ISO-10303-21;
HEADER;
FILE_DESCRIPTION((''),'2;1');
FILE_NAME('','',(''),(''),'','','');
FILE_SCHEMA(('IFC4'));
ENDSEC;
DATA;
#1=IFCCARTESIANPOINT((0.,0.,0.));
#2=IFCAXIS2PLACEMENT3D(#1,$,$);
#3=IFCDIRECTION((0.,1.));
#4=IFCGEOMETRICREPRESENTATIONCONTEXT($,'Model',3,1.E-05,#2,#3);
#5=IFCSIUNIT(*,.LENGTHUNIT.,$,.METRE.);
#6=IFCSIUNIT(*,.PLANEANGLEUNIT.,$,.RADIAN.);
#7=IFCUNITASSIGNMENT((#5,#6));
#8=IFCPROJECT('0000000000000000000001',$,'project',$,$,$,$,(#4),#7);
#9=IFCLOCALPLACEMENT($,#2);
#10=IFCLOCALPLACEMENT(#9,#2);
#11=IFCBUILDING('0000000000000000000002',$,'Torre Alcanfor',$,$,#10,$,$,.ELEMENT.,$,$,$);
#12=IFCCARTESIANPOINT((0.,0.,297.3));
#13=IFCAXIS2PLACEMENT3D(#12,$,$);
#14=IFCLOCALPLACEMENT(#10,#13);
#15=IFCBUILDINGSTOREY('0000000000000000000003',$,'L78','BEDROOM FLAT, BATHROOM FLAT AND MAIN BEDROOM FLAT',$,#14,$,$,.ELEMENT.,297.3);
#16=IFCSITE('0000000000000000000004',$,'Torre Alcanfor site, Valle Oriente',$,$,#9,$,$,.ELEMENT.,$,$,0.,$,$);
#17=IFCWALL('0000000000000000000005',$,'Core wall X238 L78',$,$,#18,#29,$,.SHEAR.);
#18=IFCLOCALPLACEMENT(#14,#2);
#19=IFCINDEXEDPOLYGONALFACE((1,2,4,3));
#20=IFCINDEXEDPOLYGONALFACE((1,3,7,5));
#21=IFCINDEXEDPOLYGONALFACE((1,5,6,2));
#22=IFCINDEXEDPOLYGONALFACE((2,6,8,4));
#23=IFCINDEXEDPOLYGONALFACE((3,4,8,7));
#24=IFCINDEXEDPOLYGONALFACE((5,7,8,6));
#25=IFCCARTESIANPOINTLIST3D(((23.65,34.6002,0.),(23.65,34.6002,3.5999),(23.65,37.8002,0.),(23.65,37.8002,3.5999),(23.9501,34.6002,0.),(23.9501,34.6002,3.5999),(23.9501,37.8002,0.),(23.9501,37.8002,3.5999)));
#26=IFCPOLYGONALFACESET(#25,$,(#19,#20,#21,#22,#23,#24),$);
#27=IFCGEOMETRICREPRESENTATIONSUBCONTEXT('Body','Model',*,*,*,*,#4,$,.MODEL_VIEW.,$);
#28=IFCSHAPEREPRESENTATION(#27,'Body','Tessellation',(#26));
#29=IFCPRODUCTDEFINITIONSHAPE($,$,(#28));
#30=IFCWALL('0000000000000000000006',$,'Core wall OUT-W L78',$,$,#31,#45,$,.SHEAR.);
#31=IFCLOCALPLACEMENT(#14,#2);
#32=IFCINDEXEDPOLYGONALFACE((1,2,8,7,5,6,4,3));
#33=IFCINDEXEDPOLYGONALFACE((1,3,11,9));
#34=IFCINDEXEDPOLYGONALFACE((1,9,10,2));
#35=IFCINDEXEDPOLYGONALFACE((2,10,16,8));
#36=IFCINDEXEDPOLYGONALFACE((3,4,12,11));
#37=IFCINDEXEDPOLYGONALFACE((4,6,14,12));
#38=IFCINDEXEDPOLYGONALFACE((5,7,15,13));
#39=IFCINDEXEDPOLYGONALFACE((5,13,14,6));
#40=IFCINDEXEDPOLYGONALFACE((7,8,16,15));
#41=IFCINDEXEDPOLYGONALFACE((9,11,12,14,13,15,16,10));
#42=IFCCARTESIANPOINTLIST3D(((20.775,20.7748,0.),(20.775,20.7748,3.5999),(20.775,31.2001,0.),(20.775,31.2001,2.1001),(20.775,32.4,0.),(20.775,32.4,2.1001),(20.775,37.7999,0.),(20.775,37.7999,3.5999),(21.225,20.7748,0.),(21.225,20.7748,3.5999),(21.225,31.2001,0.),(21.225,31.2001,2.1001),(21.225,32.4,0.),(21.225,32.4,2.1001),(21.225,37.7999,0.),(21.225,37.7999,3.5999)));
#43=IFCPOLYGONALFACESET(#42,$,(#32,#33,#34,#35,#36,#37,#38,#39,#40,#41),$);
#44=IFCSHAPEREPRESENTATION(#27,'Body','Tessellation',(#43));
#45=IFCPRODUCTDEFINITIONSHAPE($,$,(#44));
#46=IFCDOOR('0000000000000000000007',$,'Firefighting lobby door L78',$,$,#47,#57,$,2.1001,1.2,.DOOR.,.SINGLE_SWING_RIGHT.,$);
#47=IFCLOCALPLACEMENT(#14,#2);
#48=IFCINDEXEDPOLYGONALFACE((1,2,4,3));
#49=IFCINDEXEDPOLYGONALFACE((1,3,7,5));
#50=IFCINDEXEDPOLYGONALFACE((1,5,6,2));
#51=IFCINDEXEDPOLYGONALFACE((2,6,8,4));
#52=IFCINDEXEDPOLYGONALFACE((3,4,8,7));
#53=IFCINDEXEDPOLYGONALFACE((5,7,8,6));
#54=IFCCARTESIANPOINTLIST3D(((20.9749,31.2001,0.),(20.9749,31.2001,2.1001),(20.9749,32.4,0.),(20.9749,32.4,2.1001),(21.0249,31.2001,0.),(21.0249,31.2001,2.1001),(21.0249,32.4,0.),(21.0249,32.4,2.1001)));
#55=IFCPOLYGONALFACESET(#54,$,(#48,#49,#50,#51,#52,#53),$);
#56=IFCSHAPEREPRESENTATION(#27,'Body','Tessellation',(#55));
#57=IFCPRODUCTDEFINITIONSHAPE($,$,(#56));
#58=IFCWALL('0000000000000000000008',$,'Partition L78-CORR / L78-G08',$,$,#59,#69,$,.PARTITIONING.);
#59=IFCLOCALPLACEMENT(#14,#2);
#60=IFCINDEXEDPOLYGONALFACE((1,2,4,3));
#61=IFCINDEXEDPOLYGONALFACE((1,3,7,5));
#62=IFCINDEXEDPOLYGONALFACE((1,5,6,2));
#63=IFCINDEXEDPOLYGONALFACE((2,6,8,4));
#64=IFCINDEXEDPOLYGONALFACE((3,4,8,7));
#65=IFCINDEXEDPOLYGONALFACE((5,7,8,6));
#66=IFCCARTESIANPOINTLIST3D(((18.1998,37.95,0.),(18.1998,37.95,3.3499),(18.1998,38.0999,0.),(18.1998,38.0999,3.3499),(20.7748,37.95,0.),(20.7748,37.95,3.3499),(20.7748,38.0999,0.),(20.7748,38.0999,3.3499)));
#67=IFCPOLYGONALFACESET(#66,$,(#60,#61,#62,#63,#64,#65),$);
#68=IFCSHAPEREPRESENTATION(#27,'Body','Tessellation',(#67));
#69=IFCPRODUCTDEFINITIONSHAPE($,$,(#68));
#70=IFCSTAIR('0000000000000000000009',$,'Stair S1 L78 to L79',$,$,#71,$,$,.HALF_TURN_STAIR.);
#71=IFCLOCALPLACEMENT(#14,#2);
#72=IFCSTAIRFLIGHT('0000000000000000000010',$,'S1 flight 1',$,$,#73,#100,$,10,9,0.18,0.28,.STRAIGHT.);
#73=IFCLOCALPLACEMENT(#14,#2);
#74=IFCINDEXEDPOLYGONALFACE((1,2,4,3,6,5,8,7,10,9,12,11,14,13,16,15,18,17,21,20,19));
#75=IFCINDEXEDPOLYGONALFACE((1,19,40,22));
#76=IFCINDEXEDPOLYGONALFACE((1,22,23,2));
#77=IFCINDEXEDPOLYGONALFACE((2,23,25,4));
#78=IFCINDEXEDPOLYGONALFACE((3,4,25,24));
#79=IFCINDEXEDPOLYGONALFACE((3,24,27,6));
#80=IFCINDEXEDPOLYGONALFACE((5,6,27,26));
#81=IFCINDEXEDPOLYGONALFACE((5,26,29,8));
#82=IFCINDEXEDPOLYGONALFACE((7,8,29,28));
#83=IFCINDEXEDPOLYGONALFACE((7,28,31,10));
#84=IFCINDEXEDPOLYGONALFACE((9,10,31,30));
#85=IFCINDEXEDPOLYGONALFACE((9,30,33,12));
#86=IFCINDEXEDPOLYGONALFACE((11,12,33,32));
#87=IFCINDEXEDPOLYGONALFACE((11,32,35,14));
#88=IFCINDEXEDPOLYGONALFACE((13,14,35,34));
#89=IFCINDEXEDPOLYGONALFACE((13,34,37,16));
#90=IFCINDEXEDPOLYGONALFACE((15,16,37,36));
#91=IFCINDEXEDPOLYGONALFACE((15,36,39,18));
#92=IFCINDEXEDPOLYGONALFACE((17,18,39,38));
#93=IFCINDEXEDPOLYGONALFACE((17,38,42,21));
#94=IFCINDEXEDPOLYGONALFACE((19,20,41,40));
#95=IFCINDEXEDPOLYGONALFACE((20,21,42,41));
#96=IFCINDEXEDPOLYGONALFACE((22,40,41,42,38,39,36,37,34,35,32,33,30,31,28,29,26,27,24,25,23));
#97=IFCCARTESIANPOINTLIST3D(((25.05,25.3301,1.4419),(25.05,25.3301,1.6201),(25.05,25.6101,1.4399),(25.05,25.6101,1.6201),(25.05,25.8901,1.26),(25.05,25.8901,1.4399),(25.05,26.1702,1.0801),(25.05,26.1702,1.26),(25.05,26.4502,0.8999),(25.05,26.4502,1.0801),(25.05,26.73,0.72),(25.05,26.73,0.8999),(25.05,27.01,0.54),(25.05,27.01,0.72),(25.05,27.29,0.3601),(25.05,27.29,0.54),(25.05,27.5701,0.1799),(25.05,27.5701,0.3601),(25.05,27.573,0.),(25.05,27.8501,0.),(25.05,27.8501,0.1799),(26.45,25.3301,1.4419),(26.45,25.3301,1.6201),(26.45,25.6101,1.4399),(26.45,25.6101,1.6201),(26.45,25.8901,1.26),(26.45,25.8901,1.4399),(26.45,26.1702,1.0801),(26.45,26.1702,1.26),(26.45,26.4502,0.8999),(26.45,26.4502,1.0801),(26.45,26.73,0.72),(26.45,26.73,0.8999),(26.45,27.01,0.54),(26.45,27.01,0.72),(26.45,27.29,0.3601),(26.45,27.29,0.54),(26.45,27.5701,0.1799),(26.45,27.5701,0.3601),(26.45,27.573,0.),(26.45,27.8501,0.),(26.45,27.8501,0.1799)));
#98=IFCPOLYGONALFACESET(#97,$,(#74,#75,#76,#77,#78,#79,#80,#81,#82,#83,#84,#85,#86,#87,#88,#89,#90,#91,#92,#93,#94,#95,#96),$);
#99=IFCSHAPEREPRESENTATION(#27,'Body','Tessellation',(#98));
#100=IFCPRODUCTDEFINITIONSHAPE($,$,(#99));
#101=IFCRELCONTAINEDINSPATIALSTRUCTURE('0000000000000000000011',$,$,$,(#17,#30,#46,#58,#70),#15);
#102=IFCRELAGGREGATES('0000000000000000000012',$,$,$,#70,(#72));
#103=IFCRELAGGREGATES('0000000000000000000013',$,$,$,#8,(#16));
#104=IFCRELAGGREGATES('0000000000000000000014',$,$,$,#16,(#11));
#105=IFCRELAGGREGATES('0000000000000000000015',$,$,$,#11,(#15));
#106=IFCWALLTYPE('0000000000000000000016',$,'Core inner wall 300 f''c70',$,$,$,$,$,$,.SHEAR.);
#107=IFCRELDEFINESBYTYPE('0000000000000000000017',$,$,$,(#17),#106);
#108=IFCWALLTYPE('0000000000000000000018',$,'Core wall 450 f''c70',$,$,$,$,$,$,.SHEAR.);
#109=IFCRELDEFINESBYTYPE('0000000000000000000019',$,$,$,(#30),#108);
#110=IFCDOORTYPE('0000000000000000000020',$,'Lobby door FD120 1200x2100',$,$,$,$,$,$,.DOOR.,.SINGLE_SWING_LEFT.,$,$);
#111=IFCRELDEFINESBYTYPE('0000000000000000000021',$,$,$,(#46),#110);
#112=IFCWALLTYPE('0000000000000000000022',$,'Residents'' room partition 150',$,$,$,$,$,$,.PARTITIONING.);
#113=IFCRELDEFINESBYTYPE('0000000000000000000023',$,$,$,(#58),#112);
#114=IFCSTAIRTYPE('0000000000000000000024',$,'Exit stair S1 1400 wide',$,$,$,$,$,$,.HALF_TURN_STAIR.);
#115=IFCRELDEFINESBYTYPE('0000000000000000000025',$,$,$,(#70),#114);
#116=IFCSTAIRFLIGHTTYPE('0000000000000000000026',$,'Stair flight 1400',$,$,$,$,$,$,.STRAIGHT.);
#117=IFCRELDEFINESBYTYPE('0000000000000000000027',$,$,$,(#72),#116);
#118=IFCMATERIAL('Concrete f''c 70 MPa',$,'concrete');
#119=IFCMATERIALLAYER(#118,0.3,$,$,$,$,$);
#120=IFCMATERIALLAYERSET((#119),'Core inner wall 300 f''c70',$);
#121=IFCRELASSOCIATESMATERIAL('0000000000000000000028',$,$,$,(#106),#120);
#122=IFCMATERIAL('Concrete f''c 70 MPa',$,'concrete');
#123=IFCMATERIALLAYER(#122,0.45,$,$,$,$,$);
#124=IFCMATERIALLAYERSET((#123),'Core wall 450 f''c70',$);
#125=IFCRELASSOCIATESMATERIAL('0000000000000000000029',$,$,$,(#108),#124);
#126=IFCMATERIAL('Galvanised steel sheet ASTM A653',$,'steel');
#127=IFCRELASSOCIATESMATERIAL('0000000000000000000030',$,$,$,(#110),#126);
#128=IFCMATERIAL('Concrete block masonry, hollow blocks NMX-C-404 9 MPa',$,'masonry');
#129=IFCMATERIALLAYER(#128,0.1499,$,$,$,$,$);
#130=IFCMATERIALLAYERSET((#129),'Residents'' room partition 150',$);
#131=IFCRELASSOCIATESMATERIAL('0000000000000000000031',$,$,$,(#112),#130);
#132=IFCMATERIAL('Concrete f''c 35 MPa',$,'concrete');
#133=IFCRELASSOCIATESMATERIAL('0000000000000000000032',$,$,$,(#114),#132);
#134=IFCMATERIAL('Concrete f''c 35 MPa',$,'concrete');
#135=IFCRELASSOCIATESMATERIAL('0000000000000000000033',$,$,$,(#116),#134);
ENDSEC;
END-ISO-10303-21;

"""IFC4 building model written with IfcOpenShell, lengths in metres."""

from ifc_helpers import new_model, si_unit, direction, frame, frame_2d, origin, place, context, subcontext, project, spatial, polyline, rectangle, outline, extrude, material, layer, layer_set, type_object, element, fill, aggregate, save


model = new_model("IFC4")

# Units and contexts
model_context = context("Model", 3, precision=1e-05, world=origin(), true_north=direction((0.0, 1.0)))
body_context = subcontext(model_context, "Body", "Model", "MODEL_VIEW")
ifc_project = project(units=[si_unit("LENGTHUNIT", "METRE"), si_unit("PLANEANGLEUNIT", "RADIAN")], contexts=[model_context])

# Site, building, storey
site_placement = place(None, origin())
site = spatial("IfcSite", under=ifc_project, at=site_placement, Name="Torre Alcanfor site, Valle Oriente", CompositionType="ELEMENT", RefElevation=0.0)
building_placement = place(site_placement, origin())
building = spatial("IfcBuilding", under=site, at=building_placement, Name="Torre Alcanfor", CompositionType="ELEMENT")
storey_placement = place(building_placement, frame((0.0, 0.0, 297.3)))
storey = spatial("IfcBuildingStorey", under=building, at=storey_placement, Name="L78", Description="BEDROOM FLAT, BATHROOM FLAT AND MAIN BEDROOM FLAT", CompositionType="ELEMENT", Elevation=297.3)

# Shared definitions
ifc_material_1 = material(Name="Concrete f'c 70 MPa", Category="concrete")
ifc_layer_1 = layer(ifc_material_1, 0.3)
ifc_layer_set_1 = layer_set([ifc_layer_1], Name="Core inner wall 300 f'c70")
wall_type_1 = type_object("IfcWallType", Name="Core inner wall 300 f'c70", PredefinedType="SHEAR", material=ifc_layer_set_1)

# Wall
wall_1_placement = place(storey_placement, frame((23.8, 34.6001, 0.0), z_axis=(0.0, 0.0, 1.0), x_axis=(0.0, 1.0, 0.0)))
element("IfcWall", 1, at=wall_1_placement, inside=storey, type_object=wall_type_1, Name="Core wall X238 L78", PredefinedType="SHEAR", context=body_context, shape_type="SweptSolid", body=[
    extrude(rectangle(XDim=3.2, YDim=0.3, at=frame_2d((1.6001, 0.0))), origin(), (0.0, 0.0, 1.0), 3.5999),
])

# Wall, opening, door
ifc_material_2 = material(Name="Concrete f'c 70 MPa", Category="concrete")
ifc_layer_2 = layer(ifc_material_2, 0.45)
ifc_layer_set_2 = layer_set([ifc_layer_2], Name="Core wall 450 f'c70")
wall_type_2 = type_object("IfcWallType", Name="Core wall 450 f'c70", PredefinedType="SHEAR", material=ifc_layer_set_2)
wall_2_placement = place(storey_placement, frame((21.0, 37.8, 0.0), z_axis=(0.0, 0.0, 1.0), x_axis=(0.0, -1.0, 0.0)))
wall_2 = element("IfcWall", 2, at=wall_2_placement, inside=storey, type_object=wall_type_2, Name="Core wall OUT-W L78", PredefinedType="SHEAR", context=body_context, shape_type="SweptSolid", body=[
    extrude(rectangle(XDim=17.0251, YDim=0.45, at=frame_2d((8.5127, 0.0))), origin(), (0.0, 0.0, 1.0), 3.5999),
])
opening_1_placement = place(wall_2_placement, frame((5.3999, 0.0, 0.0)))
opening_1 = element("IfcOpeningElement", 3, at=opening_1_placement, cuts=wall_2, PredefinedType="OPENING", context=body_context, shape_type="SweptSolid", body=[
    extrude(rectangle(XDim=1.2, YDim=2.1001, at=frame_2d((0.6001, 1.05))), frame((0.0, 0.2349, 0.0), z_axis=(0.0, -1.0, 0.0), x_axis=(1.0, 0.0, 0.0)), (0.0, 0.0, 1.0), 0.47),
])
ifc_material_3 = material(Name="Galvanised steel sheet ASTM A653", Category="steel")
door_type_1 = type_object("IfcDoorType", Name="Lobby door FD120 1200x2100", OperationType="SINGLE_SWING_LEFT", PredefinedType="DOOR", material=ifc_material_3)
door_1_placement = place(opening_1_placement, origin())
door_1 = element("IfcDoor", 4, at=door_1_placement, inside=storey, type_object=door_type_1, Name="Firefighting lobby door L78", OperationType="SINGLE_SWING_RIGHT", OverallHeight=2.1001, OverallWidth=1.2, PredefinedType="DOOR", context=body_context, shape_type="SweptSolid", body=[
    extrude(rectangle(XDim=1.2, YDim=2.1001, at=frame_2d((0.6001, 1.05))), frame((0.0, 0.0249, 0.0), z_axis=(0.0, -1.0, 0.0), x_axis=(1.0, 0.0, 0.0)), (0.0, 0.0, 1.0), 0.05),
])
fill(opening_1, door_1)

# Wall
ifc_material_4 = material(Name="Concrete block masonry, hollow blocks NMX-C-404 9 MPa", Category="masonry")
ifc_layer_3 = layer(ifc_material_4, 0.1499)
ifc_layer_set_3 = layer_set([ifc_layer_3], Name="Residents' room partition 150")
wall_type_3 = type_object("IfcWallType", Name="Residents' room partition 150", PredefinedType="PARTITIONING", material=ifc_layer_set_3)
wall_3_placement = place(storey_placement, frame((20.7749, 38.0249, 0.0), z_axis=(0.0, 0.0, 1.0), x_axis=(-1.0, 0.0, 0.0)))
element("IfcWall", 5, at=wall_3_placement, inside=storey, type_object=wall_type_3, Name="Partition L78-CORR / L78-G08", PredefinedType="PARTITIONING", context=body_context, shape_type="SweptSolid", body=[
    extrude(rectangle(XDim=2.575, YDim=0.1499, at=frame_2d((1.2876, 0.0))), origin(), (0.0, 0.0, 1.0), 3.3499),
])

# Stair, stair flight
ifc_material_5 = material(Name="Concrete f'c 35 MPa", Category="concrete")
stair_type = type_object("IfcStairType", Name="Exit stair S1 1400 wide", PredefinedType="HALF_TURN_STAIR", material=ifc_material_5)
stair_placement = place(storey_placement, origin())
stair = element("IfcStair", 6, at=stair_placement, inside=storey, type_object=stair_type, Name="Stair S1 L78 to L79", PredefinedType="HALF_TURN_STAIR")
ifc_material_6 = material(Name="Concrete f'c 35 MPa", Category="concrete")
stair_flight_type = type_object("IfcStairFlightType", Name="Stair flight 1400", PredefinedType="STRAIGHT", material=ifc_material_6)
stair_flight_placement = place(storey_placement, frame((25.75, 27.8501, 0.0), z_axis=(0.0, 0.0, 1.0), x_axis=(0.0, -1.0, 0.0)))
stair_flight = element("IfcStairFlight", 7, at=stair_flight_placement, type_object=stair_flight_type, Name="S1 flight 1", NumberOfRisers=10, NumberOfTreads=9, PredefinedType="STRAIGHT", RiserHeight=0.18, TreadLength=0.28, context=body_context, shape_type="SweptSolid", body=[
    extrude(outline(polyline([(0.0, 0.0), (0.0, 0.1799), (0.28, 0.1799), (0.28, 0.3601), (0.5601, 0.3601), (0.5601, 0.54), (0.8401, 0.54), (0.8401, 0.72), (1.1201, 0.72), (1.1201, 0.8999), (1.3999, 0.8999), (1.3999, 1.0801), (1.6799, 1.0801), (1.6799, 1.26), (1.96, 1.26), (1.96, 1.4399), (2.24, 1.4399), (2.24, 1.6201), (2.52, 1.6201), (2.52, 1.8), (2.52, 1.4419), (0.2771, 0.0), (0.0, 0.0)])), frame((0.0, 0.7, 0.0), z_axis=(0.0, -1.0, 0.0), x_axis=(1.0, 0.0, 0.0)), (0.0, 0.0, 1.0), 1.3999),
])
aggregate(stair, [stair_flight])

save(model, "model.ifc")
